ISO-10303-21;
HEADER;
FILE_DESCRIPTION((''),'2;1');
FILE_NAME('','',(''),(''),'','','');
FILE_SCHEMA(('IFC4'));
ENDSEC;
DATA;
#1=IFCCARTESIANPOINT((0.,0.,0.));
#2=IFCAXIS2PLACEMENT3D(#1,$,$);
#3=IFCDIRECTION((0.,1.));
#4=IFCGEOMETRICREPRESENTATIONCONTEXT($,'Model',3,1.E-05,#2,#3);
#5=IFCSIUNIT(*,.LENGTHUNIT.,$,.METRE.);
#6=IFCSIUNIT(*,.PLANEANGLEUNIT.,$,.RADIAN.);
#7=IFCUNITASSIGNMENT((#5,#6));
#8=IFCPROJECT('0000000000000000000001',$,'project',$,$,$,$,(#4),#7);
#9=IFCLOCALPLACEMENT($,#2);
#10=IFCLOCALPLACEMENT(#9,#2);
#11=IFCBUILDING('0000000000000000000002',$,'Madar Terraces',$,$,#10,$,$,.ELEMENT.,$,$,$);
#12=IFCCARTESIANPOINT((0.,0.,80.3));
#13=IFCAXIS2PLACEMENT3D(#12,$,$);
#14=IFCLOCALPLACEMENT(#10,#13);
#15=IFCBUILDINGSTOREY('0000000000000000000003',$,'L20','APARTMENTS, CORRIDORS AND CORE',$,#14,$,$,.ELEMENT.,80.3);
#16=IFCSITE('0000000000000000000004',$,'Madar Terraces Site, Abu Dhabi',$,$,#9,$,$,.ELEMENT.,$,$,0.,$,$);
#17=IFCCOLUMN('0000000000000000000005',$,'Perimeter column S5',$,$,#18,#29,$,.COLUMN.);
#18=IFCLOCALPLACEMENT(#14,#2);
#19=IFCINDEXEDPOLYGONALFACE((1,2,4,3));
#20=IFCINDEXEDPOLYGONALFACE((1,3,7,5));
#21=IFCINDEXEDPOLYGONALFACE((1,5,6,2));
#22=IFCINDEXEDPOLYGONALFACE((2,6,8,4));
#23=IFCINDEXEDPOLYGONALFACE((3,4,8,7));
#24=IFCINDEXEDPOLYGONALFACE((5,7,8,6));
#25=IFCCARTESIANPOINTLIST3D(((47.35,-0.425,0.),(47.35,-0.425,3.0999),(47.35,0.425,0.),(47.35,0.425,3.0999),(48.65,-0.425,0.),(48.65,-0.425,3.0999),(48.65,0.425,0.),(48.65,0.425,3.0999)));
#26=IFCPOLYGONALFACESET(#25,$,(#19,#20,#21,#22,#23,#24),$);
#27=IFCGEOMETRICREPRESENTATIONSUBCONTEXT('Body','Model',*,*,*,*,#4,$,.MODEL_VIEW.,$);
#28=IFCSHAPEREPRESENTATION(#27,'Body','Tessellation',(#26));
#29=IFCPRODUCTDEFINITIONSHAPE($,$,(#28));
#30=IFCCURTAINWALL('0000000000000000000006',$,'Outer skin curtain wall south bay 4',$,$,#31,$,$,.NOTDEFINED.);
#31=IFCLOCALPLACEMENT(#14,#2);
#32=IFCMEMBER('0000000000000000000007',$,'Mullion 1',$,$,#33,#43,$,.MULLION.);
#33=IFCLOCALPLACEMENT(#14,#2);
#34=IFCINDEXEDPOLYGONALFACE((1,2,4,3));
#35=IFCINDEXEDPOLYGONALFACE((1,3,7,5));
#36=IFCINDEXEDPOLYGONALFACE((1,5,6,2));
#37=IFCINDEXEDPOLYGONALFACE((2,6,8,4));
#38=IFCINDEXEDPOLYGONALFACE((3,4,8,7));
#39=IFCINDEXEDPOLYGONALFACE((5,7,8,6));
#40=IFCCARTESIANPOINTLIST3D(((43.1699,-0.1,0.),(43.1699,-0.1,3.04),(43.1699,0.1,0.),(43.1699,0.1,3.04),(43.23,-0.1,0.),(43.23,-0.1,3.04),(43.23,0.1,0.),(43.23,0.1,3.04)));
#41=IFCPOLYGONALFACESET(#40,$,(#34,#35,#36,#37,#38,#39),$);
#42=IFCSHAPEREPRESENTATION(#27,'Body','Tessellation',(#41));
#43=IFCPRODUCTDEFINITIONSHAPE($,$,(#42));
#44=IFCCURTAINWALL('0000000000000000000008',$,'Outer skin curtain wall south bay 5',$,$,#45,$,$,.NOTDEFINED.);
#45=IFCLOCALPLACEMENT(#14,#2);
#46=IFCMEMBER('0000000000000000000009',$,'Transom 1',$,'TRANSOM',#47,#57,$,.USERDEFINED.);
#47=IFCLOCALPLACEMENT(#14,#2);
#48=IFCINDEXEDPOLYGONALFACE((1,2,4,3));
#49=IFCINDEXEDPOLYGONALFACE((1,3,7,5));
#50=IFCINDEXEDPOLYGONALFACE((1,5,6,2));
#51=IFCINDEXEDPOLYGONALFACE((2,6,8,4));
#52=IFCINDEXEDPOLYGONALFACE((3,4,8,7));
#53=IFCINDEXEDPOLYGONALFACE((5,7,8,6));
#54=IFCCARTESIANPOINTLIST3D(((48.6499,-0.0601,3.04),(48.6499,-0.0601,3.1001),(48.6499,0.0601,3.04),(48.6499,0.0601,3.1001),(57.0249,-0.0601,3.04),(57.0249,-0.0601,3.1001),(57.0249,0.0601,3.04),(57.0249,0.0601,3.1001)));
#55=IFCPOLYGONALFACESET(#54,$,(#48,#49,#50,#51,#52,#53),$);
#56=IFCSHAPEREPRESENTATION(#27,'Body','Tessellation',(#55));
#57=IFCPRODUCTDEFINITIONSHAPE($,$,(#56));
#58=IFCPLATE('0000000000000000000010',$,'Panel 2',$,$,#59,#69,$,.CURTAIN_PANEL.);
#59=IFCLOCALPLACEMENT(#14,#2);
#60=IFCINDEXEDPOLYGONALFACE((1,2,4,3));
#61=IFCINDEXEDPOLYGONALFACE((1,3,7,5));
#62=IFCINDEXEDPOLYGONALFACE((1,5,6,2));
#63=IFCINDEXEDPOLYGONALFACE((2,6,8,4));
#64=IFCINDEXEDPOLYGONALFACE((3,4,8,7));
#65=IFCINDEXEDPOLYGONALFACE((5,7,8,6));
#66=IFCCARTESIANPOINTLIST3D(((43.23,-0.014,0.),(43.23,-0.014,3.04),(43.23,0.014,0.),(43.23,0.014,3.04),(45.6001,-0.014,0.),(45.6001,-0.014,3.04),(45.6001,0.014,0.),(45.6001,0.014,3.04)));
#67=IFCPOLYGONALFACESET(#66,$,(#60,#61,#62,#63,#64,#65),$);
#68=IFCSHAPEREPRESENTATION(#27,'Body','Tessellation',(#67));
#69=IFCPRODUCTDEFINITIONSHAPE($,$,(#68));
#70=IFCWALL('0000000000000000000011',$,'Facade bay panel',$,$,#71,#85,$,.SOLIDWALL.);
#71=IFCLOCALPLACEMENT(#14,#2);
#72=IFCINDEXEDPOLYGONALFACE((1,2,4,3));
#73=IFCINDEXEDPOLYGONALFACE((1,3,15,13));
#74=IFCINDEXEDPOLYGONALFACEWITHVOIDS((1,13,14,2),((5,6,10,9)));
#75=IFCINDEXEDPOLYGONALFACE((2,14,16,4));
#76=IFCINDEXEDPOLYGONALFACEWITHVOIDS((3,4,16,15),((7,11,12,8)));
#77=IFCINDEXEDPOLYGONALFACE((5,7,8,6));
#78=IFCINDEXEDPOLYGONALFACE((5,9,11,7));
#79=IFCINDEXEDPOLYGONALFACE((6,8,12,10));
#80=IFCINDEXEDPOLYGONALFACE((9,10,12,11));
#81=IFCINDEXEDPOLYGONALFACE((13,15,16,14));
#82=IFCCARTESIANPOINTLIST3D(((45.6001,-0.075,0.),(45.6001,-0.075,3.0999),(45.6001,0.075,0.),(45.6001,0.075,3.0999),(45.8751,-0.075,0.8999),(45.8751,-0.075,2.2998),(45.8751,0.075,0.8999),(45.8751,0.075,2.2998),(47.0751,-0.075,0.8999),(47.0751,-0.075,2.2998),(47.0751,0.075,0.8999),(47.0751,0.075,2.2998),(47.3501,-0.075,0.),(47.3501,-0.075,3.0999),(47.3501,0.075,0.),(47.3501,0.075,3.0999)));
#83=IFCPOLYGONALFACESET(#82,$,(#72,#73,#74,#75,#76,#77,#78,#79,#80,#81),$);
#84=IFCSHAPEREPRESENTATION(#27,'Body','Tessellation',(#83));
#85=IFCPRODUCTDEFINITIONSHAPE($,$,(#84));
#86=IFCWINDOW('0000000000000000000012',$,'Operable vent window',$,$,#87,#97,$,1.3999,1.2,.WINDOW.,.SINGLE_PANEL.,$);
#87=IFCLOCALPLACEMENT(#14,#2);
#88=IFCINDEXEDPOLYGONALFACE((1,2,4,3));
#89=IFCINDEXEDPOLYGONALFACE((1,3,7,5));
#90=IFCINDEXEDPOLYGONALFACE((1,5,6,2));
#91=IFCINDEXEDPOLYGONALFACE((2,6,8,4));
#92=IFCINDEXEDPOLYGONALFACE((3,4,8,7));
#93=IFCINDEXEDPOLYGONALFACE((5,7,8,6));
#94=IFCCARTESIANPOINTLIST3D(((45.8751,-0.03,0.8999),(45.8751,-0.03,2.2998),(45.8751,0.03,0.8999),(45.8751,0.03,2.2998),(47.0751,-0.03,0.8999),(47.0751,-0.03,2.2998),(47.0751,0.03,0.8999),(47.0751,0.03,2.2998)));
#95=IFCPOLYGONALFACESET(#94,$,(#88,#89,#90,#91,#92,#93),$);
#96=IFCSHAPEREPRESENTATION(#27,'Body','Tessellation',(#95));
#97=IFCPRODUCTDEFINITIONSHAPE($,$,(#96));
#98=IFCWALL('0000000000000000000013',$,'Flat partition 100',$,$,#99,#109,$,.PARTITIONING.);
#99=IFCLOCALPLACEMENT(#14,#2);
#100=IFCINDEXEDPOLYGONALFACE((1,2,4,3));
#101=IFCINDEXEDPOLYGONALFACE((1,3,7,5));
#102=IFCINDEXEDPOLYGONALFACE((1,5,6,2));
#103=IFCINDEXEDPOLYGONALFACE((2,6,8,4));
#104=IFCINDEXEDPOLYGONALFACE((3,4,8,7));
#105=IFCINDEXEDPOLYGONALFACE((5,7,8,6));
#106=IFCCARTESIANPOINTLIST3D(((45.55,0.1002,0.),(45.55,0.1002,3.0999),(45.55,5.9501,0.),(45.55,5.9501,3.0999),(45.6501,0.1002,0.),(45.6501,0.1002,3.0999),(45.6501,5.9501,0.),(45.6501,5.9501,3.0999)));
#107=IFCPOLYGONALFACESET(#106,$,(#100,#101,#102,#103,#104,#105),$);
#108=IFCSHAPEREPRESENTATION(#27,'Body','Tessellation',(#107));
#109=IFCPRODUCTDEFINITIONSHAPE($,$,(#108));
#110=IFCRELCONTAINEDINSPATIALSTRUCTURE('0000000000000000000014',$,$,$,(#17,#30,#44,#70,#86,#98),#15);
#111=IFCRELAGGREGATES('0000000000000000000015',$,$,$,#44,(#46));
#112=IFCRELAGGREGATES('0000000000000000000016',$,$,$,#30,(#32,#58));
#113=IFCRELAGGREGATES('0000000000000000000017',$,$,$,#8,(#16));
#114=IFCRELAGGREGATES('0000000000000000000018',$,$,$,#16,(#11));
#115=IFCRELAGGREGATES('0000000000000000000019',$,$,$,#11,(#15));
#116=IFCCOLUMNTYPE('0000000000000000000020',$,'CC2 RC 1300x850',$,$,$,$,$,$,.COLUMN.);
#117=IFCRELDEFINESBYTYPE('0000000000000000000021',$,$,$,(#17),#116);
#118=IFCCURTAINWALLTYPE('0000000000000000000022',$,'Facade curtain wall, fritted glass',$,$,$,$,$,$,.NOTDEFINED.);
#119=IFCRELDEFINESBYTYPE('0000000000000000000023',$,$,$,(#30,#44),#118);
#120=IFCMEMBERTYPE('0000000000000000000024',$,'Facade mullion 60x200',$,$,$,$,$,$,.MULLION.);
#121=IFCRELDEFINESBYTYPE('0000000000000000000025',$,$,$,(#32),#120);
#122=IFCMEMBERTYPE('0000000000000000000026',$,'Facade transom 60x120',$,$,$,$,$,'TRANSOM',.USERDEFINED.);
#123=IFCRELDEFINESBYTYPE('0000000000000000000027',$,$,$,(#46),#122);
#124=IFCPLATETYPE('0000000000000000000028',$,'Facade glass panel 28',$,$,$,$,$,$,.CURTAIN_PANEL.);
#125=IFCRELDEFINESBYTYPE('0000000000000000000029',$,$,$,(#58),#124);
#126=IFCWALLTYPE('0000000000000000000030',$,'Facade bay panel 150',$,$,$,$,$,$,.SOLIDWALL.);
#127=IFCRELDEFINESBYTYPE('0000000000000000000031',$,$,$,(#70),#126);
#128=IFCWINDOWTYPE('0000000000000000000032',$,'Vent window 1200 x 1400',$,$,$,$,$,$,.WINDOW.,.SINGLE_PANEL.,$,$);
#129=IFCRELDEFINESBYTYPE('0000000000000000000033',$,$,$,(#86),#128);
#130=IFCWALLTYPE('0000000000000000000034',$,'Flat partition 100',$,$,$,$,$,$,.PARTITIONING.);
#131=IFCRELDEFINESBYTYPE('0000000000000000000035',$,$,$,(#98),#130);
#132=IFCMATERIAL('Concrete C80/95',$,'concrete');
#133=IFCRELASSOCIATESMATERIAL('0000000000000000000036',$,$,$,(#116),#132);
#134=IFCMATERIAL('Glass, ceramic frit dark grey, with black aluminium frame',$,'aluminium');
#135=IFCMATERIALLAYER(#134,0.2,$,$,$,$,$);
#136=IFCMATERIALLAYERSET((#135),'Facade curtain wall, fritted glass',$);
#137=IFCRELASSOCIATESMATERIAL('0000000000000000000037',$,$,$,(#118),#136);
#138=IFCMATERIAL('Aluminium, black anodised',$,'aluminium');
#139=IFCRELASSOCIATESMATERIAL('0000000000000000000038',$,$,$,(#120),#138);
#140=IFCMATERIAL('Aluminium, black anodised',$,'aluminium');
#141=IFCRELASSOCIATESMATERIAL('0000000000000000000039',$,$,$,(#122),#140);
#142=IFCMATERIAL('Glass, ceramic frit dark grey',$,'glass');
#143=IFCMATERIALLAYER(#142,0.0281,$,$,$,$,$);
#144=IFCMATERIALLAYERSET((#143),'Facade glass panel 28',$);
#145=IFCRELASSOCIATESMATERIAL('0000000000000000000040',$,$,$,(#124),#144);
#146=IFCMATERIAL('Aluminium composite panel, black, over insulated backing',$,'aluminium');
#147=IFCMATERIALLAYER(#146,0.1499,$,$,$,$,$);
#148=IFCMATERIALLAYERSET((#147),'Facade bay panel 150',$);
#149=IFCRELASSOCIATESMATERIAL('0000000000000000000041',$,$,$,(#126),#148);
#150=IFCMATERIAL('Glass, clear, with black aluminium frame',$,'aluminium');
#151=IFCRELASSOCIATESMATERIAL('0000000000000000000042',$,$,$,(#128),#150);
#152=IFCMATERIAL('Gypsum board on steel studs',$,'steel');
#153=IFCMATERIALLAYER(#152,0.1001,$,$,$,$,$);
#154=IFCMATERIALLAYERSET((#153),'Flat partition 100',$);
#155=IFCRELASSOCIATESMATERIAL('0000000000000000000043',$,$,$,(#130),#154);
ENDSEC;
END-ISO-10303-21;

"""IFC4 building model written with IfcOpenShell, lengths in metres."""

from ifc_helpers import new_model, si_unit, direction, frame, frame_2d, origin, origin_2d, place, context, subcontext, project, spatial, rectangle, extrude, material, layer, layer_set, material_profile, profile_set, type_object, element, fill, aggregate, save


model = new_model("IFC4")

# Units and contexts
model_context = context("Model", 3, precision=1e-05, world=origin(), true_north=direction((0.0, 1.0)))
body_context = subcontext(model_context, "Body", "Model", "MODEL_VIEW")
ifc_project = project(units=[si_unit("LENGTHUNIT", "METRE"), si_unit("PLANEANGLEUNIT", "RADIAN")], contexts=[model_context])

# Site, building, storey
site_placement = place(None, origin())
site = spatial("IfcSite", under=ifc_project, at=site_placement, Name="Madar Terraces Site, Abu Dhabi", CompositionType="ELEMENT", RefElevation=0.0)
building_placement = place(site_placement, origin())
building = spatial("IfcBuilding", under=site, at=building_placement, Name="Madar Terraces", CompositionType="ELEMENT")
storey_placement = place(building_placement, frame((0.0, 0.0, 80.3)))
storey = spatial("IfcBuildingStorey", under=building, at=storey_placement, Name="L20", Description="APARTMENTS, CORRIDORS AND CORE", CompositionType="ELEMENT", Elevation=80.3)

# Column
ifc_material_1 = material(Name="Concrete C80/95", Category="concrete")
ifc_material_profile_1 = material_profile(ifc_material_1, rectangle(XDim=1.3, YDim=0.8501, at=origin_2d()), Name="CC2 RC 1300x850")
ifc_profile_set_1 = profile_set([ifc_material_profile_1], Name="Concrete C80/95")
column_type = type_object("IfcColumnType", Name="CC2 RC 1300x850", PredefinedType="COLUMN", material=ifc_profile_set_1)
column_placement = place(storey_placement, frame((48.0, 0.0, 0.0), z_axis=(0.0, 0.0, 1.0), x_axis=(1.0, 0.0, 0.0)))
element("IfcColumn", 1, at=column_placement, inside=storey, type_object=column_type, Name="Perimeter column S5", PredefinedType="COLUMN", context=body_context, shape_type="SweptSolid", body=[
    extrude(rectangle(XDim=1.3, YDim=0.8501, at=origin_2d()), origin(), (0.0, 0.0, 1.0), 3.0999),
])

# Curtain walls, members
ifc_material_2 = material(Name="Glass, ceramic frit dark grey, with black aluminium frame", Category="aluminium")
ifc_layer_1 = layer(ifc_material_2, 0.2)
ifc_layer_set_1 = layer_set([ifc_layer_1], Name="Facade curtain wall, fritted glass")
curtain_wall_type = type_object("IfcCurtainWallType", Name="Facade curtain wall, fritted glass", PredefinedType="NOTDEFINED", material=ifc_layer_set_1)
curtain_wall_1_placement = place(storey_placement, origin())
curtain_wall_1 = element("IfcCurtainWall", 2, at=curtain_wall_1_placement, inside=storey, type_object=curtain_wall_type, Name="Outer skin curtain wall south bay 4", PredefinedType="NOTDEFINED")
ifc_material_3 = material(Name="Aluminium, black anodised", Category="aluminium")
ifc_material_profile_2 = material_profile(ifc_material_3, rectangle(XDim=0.2, YDim=0.0601, at=origin_2d()), Name="Facade mullion 60x200")
ifc_profile_set_2 = profile_set([ifc_material_profile_2], Name="Aluminium, black anodised")
member_type_1 = type_object("IfcMemberType", Name="Facade mullion 60x200", PredefinedType="MULLION", material=ifc_profile_set_2)
member_1_placement = place(storey_placement, frame((43.2, 0.0, 0.0), z_axis=(0.0, 0.0, 1.0), x_axis=(0.0, 1.0, 0.0)))
member_1 = element("IfcMember", 3, at=member_1_placement, type_object=member_type_1, Name="Mullion 1", PredefinedType="MULLION", context=body_context, shape_type="SweptSolid", body=[
    extrude(rectangle(XDim=0.2, YDim=0.0601, at=origin_2d()), origin(), (0.0, 0.0, 1.0), 3.04),
])
curtain_wall_2_placement = place(storey_placement, origin())
curtain_wall_2 = element("IfcCurtainWall", 4, at=curtain_wall_2_placement, inside=storey, type_object=curtain_wall_type, Name="Outer skin curtain wall south bay 5", PredefinedType="NOTDEFINED")
ifc_material_4 = material(Name="Aluminium, black anodised", Category="aluminium")
ifc_material_profile_3 = material_profile(ifc_material_4, rectangle(XDim=0.1201, YDim=0.0601, at=origin_2d()), Name="Facade transom 60x120")
ifc_profile_set_3 = profile_set([ifc_material_profile_3], Name="Aluminium, black anodised")
member_type_2 = type_object("IfcMemberType", Name="Facade transom 60x120", ElementType="TRANSOM", PredefinedType="USERDEFINED", material=ifc_profile_set_3)
member_2_placement = place(storey_placement, frame((48.6499, 0.0, 3.0701), z_axis=(1.0, 0.0, 0.0), x_axis=(0.0, 1.0, 0.0)))
member_2 = element("IfcMember", 5, at=member_2_placement, type_object=member_type_2, Name="Transom 1", ObjectType="TRANSOM", PredefinedType="USERDEFINED", context=body_context, shape_type="SweptSolid", body=[
    extrude(rectangle(XDim=0.1201, YDim=0.0601, at=origin_2d()), origin(), (0.0, 0.0, 1.0), 8.375),
])
aggregate(curtain_wall_2, [member_2])

# Plate
ifc_material_5 = material(Name="Glass, ceramic frit dark grey", Category="glass")
ifc_layer_2 = layer(ifc_material_5, 0.0281)
ifc_layer_set_2 = layer_set([ifc_layer_2], Name="Facade glass panel 28")
plate_type = type_object("IfcPlateType", Name="Facade glass panel 28", PredefinedType="CURTAIN_PANEL", material=ifc_layer_set_2)
plate_placement = place(storey_placement, frame((44.415, 0.0, 0.0), z_axis=(0.0, 0.0, 1.0), x_axis=(1.0, 0.0, 0.0)))
plate = element("IfcPlate", 6, at=plate_placement, type_object=plate_type, Name="Panel 2", PredefinedType="CURTAIN_PANEL", context=body_context, shape_type="SweptSolid", body=[
    extrude(rectangle(XDim=2.3701, YDim=0.0281, at=origin_2d()), origin(), (0.0, 0.0, 1.0), 3.04),
])
aggregate(curtain_wall_1, [member_1, plate])

# Wall, opening, window
ifc_material_6 = material(Name="Aluminium composite panel, black, over insulated backing", Category="aluminium")
ifc_layer_3 = layer(ifc_material_6, 0.1499)
ifc_layer_set_3 = layer_set([ifc_layer_3], Name="Facade bay panel 150")
wall_type_1 = type_object("IfcWallType", Name="Facade bay panel 150", PredefinedType="SOLIDWALL", material=ifc_layer_set_3)
wall_1_placement = place(storey_placement, frame((45.6001, 0.0, 0.0), z_axis=(0.0, 0.0, 1.0), x_axis=(1.0, 0.0, 0.0)))
wall_1 = element("IfcWall", 7, at=wall_1_placement, inside=storey, type_object=wall_type_1, Name="Facade bay panel", PredefinedType="SOLIDWALL", context=body_context, shape_type="SweptSolid", body=[
    extrude(rectangle(XDim=1.75, YDim=0.1499, at=frame_2d((0.875, 0.0))), origin(), (0.0, 0.0, 1.0), 3.0999),
])
opening_1_placement = place(wall_1_placement, frame((0.2749, 0.0, 0.8999)))
opening_1 = element("IfcOpeningElement", 8, at=opening_1_placement, cuts=wall_1, PredefinedType="OPENING", context=body_context, shape_type="SweptSolid", body=[
    extrude(rectangle(XDim=1.2, YDim=1.3999, at=frame_2d((0.6001, 0.7))), frame((0.0, 0.085, 0.0), z_axis=(0.0, -1.0, 0.0), x_axis=(1.0, 0.0, 0.0)), (0.0, 0.0, 1.0), 0.1699),
])
ifc_material_7 = material(Name="Glass, clear, with black aluminium frame", Category="aluminium")
window_type = type_object("IfcWindowType", Name="Vent window 1200 x 1400", PartitioningType="SINGLE_PANEL", PredefinedType="WINDOW", material=ifc_material_7)
window_placement = place(opening_1_placement, origin())
window = element("IfcWindow", 9, at=window_placement, inside=storey, type_object=window_type, Name="Operable vent window", OverallHeight=1.3999, OverallWidth=1.2, PartitioningType="SINGLE_PANEL", PredefinedType="WINDOW", context=body_context, shape_type="SweptSolid", body=[
    extrude(rectangle(XDim=1.2, YDim=1.3999, at=frame_2d((0.6001, 0.7))), frame((0.0, 0.03, 0.0), z_axis=(0.0, -1.0, 0.0), x_axis=(1.0, 0.0, 0.0)), (0.0, 0.0, 1.0), 0.0601),
])
fill(opening_1, window)

# Wall
ifc_material_8 = material(Name="Gypsum board on steel studs", Category="steel")
ifc_layer_4 = layer(ifc_material_8, 0.1001)
ifc_layer_set_4 = layer_set([ifc_layer_4], Name="Flat partition 100")
wall_type_2 = type_object("IfcWallType", Name="Flat partition 100", PredefinedType="PARTITIONING", material=ifc_layer_set_4)
wall_2_placement = place(storey_placement, frame((45.6001, 5.95, 0.0), z_axis=(0.0, 0.0, 1.0), x_axis=(0.0, -1.0, 0.0)))
element("IfcWall", 10, at=wall_2_placement, inside=storey, type_object=wall_type_2, Name="Flat partition 100", PredefinedType="PARTITIONING", context=body_context, shape_type="SweptSolid", body=[
    extrude(rectangle(XDim=5.8499, YDim=0.1001, at=frame_2d((2.9248, 0.0))), origin(), (0.0, 0.0, 1.0), 3.0999),
])

save(model, "model.ifc")
